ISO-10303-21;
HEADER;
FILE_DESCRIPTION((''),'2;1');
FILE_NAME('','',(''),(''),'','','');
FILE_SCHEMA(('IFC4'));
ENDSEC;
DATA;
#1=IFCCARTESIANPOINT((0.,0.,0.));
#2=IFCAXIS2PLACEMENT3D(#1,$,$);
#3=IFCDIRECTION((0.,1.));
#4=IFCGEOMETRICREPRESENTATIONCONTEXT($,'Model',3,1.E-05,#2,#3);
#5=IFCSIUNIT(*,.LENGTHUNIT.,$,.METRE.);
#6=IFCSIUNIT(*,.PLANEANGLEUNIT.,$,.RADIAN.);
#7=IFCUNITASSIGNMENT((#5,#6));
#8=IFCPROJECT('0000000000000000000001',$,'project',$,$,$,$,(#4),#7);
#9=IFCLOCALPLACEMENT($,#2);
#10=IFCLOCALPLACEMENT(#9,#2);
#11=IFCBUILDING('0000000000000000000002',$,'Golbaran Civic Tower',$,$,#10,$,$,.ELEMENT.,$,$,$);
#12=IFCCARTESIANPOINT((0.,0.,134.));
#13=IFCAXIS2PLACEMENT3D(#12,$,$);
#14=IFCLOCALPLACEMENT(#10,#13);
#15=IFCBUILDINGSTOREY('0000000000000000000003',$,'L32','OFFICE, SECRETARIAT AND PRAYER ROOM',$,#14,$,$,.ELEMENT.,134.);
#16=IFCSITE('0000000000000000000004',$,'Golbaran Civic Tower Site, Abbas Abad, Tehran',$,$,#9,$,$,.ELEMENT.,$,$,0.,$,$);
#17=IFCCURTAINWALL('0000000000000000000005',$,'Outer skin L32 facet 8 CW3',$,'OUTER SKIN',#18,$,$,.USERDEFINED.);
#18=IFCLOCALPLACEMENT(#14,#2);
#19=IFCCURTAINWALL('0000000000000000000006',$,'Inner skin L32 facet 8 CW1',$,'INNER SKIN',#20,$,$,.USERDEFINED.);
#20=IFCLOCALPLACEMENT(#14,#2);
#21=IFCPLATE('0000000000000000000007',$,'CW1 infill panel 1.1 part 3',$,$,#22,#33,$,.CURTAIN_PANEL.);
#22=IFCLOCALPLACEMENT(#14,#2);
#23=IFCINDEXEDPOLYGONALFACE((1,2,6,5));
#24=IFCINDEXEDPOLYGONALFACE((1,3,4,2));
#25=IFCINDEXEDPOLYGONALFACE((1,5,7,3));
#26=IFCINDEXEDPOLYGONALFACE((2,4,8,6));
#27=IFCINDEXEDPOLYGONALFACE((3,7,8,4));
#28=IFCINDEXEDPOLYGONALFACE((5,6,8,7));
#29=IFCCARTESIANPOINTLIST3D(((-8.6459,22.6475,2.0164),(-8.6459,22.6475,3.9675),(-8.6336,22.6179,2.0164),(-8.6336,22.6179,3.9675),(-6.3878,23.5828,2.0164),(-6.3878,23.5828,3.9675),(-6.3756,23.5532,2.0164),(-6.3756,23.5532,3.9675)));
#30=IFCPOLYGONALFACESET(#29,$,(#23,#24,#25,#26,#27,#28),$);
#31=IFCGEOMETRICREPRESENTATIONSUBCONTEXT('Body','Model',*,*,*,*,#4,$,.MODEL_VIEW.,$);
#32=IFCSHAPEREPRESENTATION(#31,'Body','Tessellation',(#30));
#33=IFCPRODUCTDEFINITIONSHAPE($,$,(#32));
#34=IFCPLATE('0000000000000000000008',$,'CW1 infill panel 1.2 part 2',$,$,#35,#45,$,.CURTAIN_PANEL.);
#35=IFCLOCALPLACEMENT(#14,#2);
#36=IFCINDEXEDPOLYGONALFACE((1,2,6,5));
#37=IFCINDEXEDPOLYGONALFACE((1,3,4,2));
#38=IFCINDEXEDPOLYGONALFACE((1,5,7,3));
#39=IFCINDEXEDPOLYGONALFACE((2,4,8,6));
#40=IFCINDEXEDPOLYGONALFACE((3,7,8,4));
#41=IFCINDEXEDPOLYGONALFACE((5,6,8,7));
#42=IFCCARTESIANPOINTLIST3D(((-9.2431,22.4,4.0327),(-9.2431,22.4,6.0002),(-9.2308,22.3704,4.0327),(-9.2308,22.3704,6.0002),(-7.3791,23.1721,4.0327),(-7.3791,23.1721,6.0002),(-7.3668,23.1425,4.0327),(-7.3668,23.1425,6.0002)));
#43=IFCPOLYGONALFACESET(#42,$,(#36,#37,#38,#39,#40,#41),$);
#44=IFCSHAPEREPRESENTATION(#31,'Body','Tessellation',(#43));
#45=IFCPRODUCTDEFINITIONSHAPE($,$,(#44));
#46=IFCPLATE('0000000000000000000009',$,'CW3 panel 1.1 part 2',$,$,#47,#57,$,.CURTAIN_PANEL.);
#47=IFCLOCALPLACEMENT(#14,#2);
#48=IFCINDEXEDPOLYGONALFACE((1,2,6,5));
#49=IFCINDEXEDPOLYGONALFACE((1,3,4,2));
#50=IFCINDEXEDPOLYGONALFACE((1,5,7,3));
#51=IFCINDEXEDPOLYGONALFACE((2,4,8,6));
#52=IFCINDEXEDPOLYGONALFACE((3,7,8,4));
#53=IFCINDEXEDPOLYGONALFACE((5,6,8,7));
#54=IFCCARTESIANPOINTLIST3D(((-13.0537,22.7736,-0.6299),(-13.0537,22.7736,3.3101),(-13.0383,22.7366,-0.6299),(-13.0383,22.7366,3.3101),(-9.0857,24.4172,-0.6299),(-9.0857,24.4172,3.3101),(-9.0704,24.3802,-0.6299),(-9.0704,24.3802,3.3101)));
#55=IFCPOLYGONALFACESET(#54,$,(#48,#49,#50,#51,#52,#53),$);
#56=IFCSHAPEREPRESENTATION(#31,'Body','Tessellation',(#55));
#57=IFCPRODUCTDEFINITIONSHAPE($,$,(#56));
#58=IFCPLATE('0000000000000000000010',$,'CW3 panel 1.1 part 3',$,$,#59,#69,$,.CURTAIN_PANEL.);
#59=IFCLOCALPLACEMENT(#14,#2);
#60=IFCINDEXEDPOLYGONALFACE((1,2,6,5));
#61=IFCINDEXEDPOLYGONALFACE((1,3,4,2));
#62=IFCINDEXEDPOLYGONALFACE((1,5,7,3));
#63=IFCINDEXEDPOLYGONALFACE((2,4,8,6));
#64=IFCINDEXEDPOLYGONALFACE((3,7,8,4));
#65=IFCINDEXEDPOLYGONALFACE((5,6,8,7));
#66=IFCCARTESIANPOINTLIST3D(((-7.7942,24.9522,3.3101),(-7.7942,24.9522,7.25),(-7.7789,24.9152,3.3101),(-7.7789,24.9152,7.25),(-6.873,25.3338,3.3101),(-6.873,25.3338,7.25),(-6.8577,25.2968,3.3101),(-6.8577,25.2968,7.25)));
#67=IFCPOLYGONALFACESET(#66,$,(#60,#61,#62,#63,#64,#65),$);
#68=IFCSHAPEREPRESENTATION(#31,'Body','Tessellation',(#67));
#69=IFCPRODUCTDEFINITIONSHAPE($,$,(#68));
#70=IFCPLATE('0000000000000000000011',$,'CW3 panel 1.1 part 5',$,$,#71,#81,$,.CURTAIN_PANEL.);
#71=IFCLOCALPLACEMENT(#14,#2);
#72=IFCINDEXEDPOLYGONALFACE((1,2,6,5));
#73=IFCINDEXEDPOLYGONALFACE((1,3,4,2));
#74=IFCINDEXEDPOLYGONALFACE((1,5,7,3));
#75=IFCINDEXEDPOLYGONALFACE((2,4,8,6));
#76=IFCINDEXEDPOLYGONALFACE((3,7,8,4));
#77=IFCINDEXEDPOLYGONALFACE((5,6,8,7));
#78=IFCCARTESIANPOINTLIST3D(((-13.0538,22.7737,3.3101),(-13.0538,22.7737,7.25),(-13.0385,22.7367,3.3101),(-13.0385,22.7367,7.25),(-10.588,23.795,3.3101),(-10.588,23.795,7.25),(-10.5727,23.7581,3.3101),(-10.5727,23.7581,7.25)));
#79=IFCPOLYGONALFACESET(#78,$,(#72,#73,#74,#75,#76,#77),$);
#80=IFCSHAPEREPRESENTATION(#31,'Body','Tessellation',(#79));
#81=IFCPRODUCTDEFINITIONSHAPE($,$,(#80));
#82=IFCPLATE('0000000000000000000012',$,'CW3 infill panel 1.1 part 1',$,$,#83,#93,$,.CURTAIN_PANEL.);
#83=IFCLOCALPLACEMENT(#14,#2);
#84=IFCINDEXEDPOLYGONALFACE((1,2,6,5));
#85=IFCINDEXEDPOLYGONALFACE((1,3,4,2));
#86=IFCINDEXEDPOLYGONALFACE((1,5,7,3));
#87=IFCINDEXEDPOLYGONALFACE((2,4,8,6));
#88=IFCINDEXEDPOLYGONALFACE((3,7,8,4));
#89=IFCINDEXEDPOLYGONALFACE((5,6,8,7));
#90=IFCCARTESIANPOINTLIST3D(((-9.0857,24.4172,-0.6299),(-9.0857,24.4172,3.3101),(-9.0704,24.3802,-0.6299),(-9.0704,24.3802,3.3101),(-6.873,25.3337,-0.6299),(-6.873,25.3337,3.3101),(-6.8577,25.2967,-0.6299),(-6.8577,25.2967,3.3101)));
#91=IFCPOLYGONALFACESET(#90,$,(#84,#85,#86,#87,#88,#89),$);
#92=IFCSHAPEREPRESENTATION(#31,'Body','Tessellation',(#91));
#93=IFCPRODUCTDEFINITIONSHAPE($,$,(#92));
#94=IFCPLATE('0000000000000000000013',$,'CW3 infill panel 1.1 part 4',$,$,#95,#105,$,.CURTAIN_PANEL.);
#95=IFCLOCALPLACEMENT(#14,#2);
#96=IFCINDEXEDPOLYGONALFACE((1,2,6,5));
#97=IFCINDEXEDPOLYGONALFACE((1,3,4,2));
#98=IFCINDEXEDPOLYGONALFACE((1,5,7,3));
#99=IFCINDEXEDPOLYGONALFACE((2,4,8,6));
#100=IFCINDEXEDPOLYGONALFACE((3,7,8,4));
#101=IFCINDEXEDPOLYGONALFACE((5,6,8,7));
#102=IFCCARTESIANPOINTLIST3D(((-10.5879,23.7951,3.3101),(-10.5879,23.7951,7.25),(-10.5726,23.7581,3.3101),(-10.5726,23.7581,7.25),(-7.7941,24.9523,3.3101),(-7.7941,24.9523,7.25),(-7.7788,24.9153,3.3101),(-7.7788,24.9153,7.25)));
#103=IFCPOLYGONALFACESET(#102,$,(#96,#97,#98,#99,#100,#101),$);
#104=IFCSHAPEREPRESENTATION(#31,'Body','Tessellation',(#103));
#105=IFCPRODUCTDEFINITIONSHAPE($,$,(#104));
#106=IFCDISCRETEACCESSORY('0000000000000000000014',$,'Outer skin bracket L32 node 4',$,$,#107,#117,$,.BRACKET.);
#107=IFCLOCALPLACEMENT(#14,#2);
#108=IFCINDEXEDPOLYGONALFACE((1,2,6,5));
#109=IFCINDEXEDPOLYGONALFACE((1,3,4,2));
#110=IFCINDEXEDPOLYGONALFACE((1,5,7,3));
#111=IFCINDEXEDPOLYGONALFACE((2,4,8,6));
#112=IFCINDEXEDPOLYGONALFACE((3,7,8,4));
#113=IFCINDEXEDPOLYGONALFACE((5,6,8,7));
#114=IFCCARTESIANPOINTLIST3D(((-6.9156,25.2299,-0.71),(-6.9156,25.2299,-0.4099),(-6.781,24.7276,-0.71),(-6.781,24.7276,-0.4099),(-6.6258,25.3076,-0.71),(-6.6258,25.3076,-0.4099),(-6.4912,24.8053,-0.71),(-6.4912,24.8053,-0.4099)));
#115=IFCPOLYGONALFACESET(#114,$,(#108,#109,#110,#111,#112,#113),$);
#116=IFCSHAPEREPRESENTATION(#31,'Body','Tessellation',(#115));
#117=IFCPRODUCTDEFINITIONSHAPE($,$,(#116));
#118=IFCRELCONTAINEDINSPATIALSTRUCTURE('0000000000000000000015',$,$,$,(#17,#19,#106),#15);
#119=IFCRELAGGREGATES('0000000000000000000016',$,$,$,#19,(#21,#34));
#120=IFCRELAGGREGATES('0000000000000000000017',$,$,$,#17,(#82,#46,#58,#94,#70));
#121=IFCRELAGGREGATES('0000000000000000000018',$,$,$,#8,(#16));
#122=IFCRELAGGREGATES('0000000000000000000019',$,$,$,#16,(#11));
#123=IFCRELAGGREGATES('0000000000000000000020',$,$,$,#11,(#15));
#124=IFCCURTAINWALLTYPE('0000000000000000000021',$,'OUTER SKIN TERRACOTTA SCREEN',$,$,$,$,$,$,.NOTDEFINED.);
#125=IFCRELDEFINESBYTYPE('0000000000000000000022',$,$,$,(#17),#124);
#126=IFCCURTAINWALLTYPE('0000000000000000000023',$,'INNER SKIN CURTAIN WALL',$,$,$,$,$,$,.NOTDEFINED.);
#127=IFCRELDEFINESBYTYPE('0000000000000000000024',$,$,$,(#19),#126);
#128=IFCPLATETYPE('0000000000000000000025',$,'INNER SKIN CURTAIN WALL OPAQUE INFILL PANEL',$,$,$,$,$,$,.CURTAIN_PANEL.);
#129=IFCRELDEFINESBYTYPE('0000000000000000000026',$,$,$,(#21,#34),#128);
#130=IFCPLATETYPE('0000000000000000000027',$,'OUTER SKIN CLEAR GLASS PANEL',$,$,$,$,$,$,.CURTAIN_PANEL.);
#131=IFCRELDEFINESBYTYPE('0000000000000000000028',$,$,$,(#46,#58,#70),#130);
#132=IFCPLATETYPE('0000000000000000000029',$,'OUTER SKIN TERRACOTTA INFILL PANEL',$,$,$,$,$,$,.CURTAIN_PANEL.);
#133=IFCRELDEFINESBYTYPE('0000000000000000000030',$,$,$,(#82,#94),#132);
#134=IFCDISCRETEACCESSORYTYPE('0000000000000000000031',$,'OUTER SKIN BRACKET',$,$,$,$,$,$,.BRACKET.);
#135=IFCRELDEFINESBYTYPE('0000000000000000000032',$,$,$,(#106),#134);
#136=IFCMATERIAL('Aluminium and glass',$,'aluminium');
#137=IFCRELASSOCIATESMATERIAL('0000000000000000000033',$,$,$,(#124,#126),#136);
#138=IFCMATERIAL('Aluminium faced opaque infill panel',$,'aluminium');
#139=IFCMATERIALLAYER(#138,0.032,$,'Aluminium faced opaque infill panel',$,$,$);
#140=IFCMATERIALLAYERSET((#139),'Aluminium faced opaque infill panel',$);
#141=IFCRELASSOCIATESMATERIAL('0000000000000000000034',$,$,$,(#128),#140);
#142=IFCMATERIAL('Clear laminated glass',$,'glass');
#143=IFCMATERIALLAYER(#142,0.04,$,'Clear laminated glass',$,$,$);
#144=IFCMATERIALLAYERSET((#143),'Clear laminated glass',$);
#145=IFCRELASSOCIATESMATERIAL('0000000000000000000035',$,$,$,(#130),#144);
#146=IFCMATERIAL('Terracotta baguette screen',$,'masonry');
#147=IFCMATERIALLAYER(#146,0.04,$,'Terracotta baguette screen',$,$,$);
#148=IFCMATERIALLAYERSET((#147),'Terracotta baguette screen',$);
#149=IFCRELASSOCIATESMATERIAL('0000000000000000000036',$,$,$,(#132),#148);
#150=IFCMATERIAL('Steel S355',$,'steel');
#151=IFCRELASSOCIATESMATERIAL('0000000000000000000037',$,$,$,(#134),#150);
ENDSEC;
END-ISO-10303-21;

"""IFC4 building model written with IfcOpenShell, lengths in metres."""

from ifc_helpers import new_model, si_unit, direction, frame, origin, origin_2d, place, context, subcontext, project, spatial, rectangle, extrude, material, layer, layer_set, type_object, element, aggregate, save


model = new_model("IFC4")

# Units and contexts
model_context = context("Model", 3, precision=1e-05, world=origin(), true_north=direction((0.0, 1.0)))
body_context = subcontext(model_context, "Body", "Model", "MODEL_VIEW")
ifc_project = project(units=[si_unit("LENGTHUNIT", "METRE"), si_unit("PLANEANGLEUNIT", "RADIAN")], contexts=[model_context])

# Site, building, storey
site_placement = place(None, origin())
site = spatial("IfcSite", under=ifc_project, at=site_placement, Name="Golbaran Civic Tower Site, Abbas Abad, Tehran", CompositionType="ELEMENT", RefElevation=0.0)
building_placement = place(site_placement, origin())
building = spatial("IfcBuilding", under=site, at=building_placement, Name="Golbaran Civic Tower", CompositionType="ELEMENT")
storey_placement = place(building_placement, frame((0.0, 0.0, 134.0)))
storey = spatial("IfcBuildingStorey", under=building, at=storey_placement, Name="L32", Description="OFFICE, SECRETARIAT AND PRAYER ROOM", CompositionType="ELEMENT", Elevation=134.0)

# Shared definitions
ifc_material_1 = material(Name="Steel S355", Category="steel")

# Shared definitions
ifc_material_2 = material(Name="Aluminium and glass", Category="aluminium")
curtain_wall_type_1 = type_object("IfcCurtainWallType", Name="OUTER SKIN TERRACOTTA SCREEN", PredefinedType="NOTDEFINED", material=ifc_material_2)

# Curtain wall
curtain_wall_1_placement = place(storey_placement, origin())
curtain_wall_1 = element("IfcCurtainWall", 1, at=curtain_wall_1_placement, inside=storey, type_object=curtain_wall_type_1, Name="Outer skin L32 facet 8 CW3", ObjectType="OUTER SKIN", PredefinedType="USERDEFINED")

# Curtain wall, plates
curtain_wall_type_2 = type_object("IfcCurtainWallType", Name="INNER SKIN CURTAIN WALL", PredefinedType="NOTDEFINED", material=ifc_material_2)
curtain_wall_2_placement = place(storey_placement, origin())
curtain_wall_2 = element("IfcCurtainWall", 2, at=curtain_wall_2_placement, inside=storey, type_object=curtain_wall_type_2, Name="Inner skin L32 facet 8 CW1", ObjectType="INNER SKIN", PredefinedType="USERDEFINED")
ifc_material_3 = material(Name="Aluminium faced opaque infill panel", Category="aluminium")
ifc_layer_1 = layer(ifc_material_3, 0.032, Name="Aluminium faced opaque infill panel")
ifc_layer_set_1 = layer_set([ifc_layer_1], Name="Aluminium faced opaque infill panel")
plate_type_1 = type_object("IfcPlateType", Name="INNER SKIN CURTAIN WALL OPAQUE INFILL PANEL", PredefinedType="CURTAIN_PANEL", material=ifc_layer_set_1)
plate_1_placement = place(storey_placement, frame((-7.5107, 23.1003, 2.0164), z_axis=(0.0, 0.0, 1.0), x_axis=(-0.92388, -0.382683, 0.0)))
plate_1 = element("IfcPlate", 3, at=plate_1_placement, type_object=plate_type_1, Name="CW1 infill panel 1.1 part 3", PredefinedType="CURTAIN_PANEL", context=body_context, shape_type="SweptSolid", body=[
    extrude(rectangle(XDim=2.4441, YDim=0.032, at=origin_2d()), origin(), (0.0, 0.0, 1.0), 1.9512),
])
plate_2_placement = place(storey_placement, frame((-8.3049, 22.7712, 4.0327), z_axis=(0.0, 0.0, 1.0), x_axis=(-0.92388, -0.382683, 0.0)))
plate_2 = element("IfcPlate", 4, at=plate_2_placement, type_object=plate_type_1, Name="CW1 infill panel 1.2 part 2", PredefinedType="CURTAIN_PANEL", context=body_context, shape_type="SweptSolid", body=[
    extrude(rectangle(XDim=2.0176, YDim=0.032, at=origin_2d()), origin(), (0.0, 0.0, 1.0), 1.9675),
])
aggregate(curtain_wall_2, [plate_1, plate_2])

# Plates
ifc_material_4 = material(Name="Clear laminated glass", Category="glass")
ifc_layer_2 = layer(ifc_material_4, 0.04, Name="Clear laminated glass")
ifc_layer_set_2 = layer_set([ifc_layer_2], Name="Clear laminated glass")
plate_type_2 = type_object("IfcPlateType", Name="OUTER SKIN CLEAR GLASS PANEL", PredefinedType="CURTAIN_PANEL", material=ifc_layer_set_2)
plate_3_placement = place(storey_placement, frame((-11.062, 23.5769, -0.6299), z_axis=(0.0, 0.0, 1.0), x_axis=(-0.92388, -0.382683, 0.0)))
plate_3 = element("IfcPlate", 5, at=plate_3_placement, type_object=plate_type_2, Name="CW3 panel 1.1 part 2", PredefinedType="CURTAIN_PANEL", context=body_context, shape_type="SweptSolid", body=[
    extrude(rectangle(XDim=4.2949, YDim=0.04, at=origin_2d()), origin(), (0.0, 0.0, 1.0), 3.9399),
])
plate_4_placement = place(storey_placement, frame((-7.3259, 25.1245, 3.3101), z_axis=(0.0, 0.0, 1.0), x_axis=(-0.92388, -0.382683, 0.0)))
plate_4 = element("IfcPlate", 6, at=plate_4_placement, type_object=plate_type_2, Name="CW3 panel 1.1 part 3", PredefinedType="CURTAIN_PANEL", context=body_context, shape_type="SweptSolid", body=[
    extrude(rectangle(XDim=0.9971, YDim=0.04, at=origin_2d()), origin(), (0.0, 0.0, 1.0), 3.9399),
])
plate_5_placement = place(storey_placement, frame((-11.8132, 23.2659, 3.3101), z_axis=(0.0, 0.0, 1.0), x_axis=(-0.92388, -0.382683, 0.0)))
plate_5 = element("IfcPlate", 7, at=plate_5_placement, type_object=plate_type_2, Name="CW3 panel 1.1 part 5", PredefinedType="CURTAIN_PANEL", context=body_context, shape_type="SweptSolid", body=[
    extrude(rectangle(XDim=2.6689, YDim=0.04, at=origin_2d()), origin(), (0.0, 0.0, 1.0), 3.9399),
])
ifc_material_5 = material(Name="Terracotta baguette screen", Category="masonry")
ifc_layer_3 = layer(ifc_material_5, 0.04, Name="Terracotta baguette screen")
ifc_layer_set_3 = layer_set([ifc_layer_3], Name="Terracotta baguette screen")
plate_type_3 = type_object("IfcPlateType", Name="OUTER SKIN TERRACOTTA INFILL PANEL", PredefinedType="CURTAIN_PANEL", material=ifc_layer_set_3)
plate_6_placement = place(storey_placement, frame((-7.9717, 24.8569, -0.6299), z_axis=(0.0, 0.0, 1.0), x_axis=(-0.92388, -0.382683, 0.0)))
plate_6 = element("IfcPlate", 8, at=plate_6_placement, type_object=plate_type_3, Name="CW3 infill panel 1.1 part 1", PredefinedType="CURTAIN_PANEL", context=body_context, shape_type="SweptSolid", body=[
    extrude(rectangle(XDim=2.395, YDim=0.04, at=origin_2d()), origin(), (0.0, 0.0, 1.0), 3.9399),
])
plate_7_placement = place(storey_placement, frame((-9.1833, 24.3552, 3.3101), z_axis=(0.0, 0.0, 1.0), x_axis=(-0.92388, -0.382683, 0.0)))
plate_7 = element("IfcPlate", 9, at=plate_7_placement, type_object=plate_type_3, Name="CW3 infill panel 1.1 part 4", PredefinedType="CURTAIN_PANEL", context=body_context, shape_type="SweptSolid", body=[
    extrude(rectangle(XDim=3.0239, YDim=0.04, at=origin_2d()), origin(), (0.0, 0.0, 1.0), 3.9399),
])
aggregate(curtain_wall_1, [plate_6, plate_3, plate_4, plate_7, plate_5])

# Discrete accessory
discrete_accessory_type = type_object("IfcDiscreteAccessoryType", Name="OUTER SKIN BRACKET", PredefinedType="BRACKET", material=ifc_material_1)
discrete_accessory_placement = place(storey_placement, frame((-6.7034, 25.0176, -0.71), z_axis=(0.0, 0.0, 1.0), x_axis=(-0.258819, 0.965926, 0.0)))
element("IfcDiscreteAccessory", 10, at=discrete_accessory_placement, inside=storey, type_object=discrete_accessory_type, Name="Outer skin bracket L32 node 4", PredefinedType="BRACKET", context=body_context, shape_type="SweptSolid", body=[
    extrude(rectangle(XDim=0.52, YDim=0.3, at=origin_2d()), origin(), (0.0, 0.0, 1.0), 0.3),
])

save(model, "model.ifc")
